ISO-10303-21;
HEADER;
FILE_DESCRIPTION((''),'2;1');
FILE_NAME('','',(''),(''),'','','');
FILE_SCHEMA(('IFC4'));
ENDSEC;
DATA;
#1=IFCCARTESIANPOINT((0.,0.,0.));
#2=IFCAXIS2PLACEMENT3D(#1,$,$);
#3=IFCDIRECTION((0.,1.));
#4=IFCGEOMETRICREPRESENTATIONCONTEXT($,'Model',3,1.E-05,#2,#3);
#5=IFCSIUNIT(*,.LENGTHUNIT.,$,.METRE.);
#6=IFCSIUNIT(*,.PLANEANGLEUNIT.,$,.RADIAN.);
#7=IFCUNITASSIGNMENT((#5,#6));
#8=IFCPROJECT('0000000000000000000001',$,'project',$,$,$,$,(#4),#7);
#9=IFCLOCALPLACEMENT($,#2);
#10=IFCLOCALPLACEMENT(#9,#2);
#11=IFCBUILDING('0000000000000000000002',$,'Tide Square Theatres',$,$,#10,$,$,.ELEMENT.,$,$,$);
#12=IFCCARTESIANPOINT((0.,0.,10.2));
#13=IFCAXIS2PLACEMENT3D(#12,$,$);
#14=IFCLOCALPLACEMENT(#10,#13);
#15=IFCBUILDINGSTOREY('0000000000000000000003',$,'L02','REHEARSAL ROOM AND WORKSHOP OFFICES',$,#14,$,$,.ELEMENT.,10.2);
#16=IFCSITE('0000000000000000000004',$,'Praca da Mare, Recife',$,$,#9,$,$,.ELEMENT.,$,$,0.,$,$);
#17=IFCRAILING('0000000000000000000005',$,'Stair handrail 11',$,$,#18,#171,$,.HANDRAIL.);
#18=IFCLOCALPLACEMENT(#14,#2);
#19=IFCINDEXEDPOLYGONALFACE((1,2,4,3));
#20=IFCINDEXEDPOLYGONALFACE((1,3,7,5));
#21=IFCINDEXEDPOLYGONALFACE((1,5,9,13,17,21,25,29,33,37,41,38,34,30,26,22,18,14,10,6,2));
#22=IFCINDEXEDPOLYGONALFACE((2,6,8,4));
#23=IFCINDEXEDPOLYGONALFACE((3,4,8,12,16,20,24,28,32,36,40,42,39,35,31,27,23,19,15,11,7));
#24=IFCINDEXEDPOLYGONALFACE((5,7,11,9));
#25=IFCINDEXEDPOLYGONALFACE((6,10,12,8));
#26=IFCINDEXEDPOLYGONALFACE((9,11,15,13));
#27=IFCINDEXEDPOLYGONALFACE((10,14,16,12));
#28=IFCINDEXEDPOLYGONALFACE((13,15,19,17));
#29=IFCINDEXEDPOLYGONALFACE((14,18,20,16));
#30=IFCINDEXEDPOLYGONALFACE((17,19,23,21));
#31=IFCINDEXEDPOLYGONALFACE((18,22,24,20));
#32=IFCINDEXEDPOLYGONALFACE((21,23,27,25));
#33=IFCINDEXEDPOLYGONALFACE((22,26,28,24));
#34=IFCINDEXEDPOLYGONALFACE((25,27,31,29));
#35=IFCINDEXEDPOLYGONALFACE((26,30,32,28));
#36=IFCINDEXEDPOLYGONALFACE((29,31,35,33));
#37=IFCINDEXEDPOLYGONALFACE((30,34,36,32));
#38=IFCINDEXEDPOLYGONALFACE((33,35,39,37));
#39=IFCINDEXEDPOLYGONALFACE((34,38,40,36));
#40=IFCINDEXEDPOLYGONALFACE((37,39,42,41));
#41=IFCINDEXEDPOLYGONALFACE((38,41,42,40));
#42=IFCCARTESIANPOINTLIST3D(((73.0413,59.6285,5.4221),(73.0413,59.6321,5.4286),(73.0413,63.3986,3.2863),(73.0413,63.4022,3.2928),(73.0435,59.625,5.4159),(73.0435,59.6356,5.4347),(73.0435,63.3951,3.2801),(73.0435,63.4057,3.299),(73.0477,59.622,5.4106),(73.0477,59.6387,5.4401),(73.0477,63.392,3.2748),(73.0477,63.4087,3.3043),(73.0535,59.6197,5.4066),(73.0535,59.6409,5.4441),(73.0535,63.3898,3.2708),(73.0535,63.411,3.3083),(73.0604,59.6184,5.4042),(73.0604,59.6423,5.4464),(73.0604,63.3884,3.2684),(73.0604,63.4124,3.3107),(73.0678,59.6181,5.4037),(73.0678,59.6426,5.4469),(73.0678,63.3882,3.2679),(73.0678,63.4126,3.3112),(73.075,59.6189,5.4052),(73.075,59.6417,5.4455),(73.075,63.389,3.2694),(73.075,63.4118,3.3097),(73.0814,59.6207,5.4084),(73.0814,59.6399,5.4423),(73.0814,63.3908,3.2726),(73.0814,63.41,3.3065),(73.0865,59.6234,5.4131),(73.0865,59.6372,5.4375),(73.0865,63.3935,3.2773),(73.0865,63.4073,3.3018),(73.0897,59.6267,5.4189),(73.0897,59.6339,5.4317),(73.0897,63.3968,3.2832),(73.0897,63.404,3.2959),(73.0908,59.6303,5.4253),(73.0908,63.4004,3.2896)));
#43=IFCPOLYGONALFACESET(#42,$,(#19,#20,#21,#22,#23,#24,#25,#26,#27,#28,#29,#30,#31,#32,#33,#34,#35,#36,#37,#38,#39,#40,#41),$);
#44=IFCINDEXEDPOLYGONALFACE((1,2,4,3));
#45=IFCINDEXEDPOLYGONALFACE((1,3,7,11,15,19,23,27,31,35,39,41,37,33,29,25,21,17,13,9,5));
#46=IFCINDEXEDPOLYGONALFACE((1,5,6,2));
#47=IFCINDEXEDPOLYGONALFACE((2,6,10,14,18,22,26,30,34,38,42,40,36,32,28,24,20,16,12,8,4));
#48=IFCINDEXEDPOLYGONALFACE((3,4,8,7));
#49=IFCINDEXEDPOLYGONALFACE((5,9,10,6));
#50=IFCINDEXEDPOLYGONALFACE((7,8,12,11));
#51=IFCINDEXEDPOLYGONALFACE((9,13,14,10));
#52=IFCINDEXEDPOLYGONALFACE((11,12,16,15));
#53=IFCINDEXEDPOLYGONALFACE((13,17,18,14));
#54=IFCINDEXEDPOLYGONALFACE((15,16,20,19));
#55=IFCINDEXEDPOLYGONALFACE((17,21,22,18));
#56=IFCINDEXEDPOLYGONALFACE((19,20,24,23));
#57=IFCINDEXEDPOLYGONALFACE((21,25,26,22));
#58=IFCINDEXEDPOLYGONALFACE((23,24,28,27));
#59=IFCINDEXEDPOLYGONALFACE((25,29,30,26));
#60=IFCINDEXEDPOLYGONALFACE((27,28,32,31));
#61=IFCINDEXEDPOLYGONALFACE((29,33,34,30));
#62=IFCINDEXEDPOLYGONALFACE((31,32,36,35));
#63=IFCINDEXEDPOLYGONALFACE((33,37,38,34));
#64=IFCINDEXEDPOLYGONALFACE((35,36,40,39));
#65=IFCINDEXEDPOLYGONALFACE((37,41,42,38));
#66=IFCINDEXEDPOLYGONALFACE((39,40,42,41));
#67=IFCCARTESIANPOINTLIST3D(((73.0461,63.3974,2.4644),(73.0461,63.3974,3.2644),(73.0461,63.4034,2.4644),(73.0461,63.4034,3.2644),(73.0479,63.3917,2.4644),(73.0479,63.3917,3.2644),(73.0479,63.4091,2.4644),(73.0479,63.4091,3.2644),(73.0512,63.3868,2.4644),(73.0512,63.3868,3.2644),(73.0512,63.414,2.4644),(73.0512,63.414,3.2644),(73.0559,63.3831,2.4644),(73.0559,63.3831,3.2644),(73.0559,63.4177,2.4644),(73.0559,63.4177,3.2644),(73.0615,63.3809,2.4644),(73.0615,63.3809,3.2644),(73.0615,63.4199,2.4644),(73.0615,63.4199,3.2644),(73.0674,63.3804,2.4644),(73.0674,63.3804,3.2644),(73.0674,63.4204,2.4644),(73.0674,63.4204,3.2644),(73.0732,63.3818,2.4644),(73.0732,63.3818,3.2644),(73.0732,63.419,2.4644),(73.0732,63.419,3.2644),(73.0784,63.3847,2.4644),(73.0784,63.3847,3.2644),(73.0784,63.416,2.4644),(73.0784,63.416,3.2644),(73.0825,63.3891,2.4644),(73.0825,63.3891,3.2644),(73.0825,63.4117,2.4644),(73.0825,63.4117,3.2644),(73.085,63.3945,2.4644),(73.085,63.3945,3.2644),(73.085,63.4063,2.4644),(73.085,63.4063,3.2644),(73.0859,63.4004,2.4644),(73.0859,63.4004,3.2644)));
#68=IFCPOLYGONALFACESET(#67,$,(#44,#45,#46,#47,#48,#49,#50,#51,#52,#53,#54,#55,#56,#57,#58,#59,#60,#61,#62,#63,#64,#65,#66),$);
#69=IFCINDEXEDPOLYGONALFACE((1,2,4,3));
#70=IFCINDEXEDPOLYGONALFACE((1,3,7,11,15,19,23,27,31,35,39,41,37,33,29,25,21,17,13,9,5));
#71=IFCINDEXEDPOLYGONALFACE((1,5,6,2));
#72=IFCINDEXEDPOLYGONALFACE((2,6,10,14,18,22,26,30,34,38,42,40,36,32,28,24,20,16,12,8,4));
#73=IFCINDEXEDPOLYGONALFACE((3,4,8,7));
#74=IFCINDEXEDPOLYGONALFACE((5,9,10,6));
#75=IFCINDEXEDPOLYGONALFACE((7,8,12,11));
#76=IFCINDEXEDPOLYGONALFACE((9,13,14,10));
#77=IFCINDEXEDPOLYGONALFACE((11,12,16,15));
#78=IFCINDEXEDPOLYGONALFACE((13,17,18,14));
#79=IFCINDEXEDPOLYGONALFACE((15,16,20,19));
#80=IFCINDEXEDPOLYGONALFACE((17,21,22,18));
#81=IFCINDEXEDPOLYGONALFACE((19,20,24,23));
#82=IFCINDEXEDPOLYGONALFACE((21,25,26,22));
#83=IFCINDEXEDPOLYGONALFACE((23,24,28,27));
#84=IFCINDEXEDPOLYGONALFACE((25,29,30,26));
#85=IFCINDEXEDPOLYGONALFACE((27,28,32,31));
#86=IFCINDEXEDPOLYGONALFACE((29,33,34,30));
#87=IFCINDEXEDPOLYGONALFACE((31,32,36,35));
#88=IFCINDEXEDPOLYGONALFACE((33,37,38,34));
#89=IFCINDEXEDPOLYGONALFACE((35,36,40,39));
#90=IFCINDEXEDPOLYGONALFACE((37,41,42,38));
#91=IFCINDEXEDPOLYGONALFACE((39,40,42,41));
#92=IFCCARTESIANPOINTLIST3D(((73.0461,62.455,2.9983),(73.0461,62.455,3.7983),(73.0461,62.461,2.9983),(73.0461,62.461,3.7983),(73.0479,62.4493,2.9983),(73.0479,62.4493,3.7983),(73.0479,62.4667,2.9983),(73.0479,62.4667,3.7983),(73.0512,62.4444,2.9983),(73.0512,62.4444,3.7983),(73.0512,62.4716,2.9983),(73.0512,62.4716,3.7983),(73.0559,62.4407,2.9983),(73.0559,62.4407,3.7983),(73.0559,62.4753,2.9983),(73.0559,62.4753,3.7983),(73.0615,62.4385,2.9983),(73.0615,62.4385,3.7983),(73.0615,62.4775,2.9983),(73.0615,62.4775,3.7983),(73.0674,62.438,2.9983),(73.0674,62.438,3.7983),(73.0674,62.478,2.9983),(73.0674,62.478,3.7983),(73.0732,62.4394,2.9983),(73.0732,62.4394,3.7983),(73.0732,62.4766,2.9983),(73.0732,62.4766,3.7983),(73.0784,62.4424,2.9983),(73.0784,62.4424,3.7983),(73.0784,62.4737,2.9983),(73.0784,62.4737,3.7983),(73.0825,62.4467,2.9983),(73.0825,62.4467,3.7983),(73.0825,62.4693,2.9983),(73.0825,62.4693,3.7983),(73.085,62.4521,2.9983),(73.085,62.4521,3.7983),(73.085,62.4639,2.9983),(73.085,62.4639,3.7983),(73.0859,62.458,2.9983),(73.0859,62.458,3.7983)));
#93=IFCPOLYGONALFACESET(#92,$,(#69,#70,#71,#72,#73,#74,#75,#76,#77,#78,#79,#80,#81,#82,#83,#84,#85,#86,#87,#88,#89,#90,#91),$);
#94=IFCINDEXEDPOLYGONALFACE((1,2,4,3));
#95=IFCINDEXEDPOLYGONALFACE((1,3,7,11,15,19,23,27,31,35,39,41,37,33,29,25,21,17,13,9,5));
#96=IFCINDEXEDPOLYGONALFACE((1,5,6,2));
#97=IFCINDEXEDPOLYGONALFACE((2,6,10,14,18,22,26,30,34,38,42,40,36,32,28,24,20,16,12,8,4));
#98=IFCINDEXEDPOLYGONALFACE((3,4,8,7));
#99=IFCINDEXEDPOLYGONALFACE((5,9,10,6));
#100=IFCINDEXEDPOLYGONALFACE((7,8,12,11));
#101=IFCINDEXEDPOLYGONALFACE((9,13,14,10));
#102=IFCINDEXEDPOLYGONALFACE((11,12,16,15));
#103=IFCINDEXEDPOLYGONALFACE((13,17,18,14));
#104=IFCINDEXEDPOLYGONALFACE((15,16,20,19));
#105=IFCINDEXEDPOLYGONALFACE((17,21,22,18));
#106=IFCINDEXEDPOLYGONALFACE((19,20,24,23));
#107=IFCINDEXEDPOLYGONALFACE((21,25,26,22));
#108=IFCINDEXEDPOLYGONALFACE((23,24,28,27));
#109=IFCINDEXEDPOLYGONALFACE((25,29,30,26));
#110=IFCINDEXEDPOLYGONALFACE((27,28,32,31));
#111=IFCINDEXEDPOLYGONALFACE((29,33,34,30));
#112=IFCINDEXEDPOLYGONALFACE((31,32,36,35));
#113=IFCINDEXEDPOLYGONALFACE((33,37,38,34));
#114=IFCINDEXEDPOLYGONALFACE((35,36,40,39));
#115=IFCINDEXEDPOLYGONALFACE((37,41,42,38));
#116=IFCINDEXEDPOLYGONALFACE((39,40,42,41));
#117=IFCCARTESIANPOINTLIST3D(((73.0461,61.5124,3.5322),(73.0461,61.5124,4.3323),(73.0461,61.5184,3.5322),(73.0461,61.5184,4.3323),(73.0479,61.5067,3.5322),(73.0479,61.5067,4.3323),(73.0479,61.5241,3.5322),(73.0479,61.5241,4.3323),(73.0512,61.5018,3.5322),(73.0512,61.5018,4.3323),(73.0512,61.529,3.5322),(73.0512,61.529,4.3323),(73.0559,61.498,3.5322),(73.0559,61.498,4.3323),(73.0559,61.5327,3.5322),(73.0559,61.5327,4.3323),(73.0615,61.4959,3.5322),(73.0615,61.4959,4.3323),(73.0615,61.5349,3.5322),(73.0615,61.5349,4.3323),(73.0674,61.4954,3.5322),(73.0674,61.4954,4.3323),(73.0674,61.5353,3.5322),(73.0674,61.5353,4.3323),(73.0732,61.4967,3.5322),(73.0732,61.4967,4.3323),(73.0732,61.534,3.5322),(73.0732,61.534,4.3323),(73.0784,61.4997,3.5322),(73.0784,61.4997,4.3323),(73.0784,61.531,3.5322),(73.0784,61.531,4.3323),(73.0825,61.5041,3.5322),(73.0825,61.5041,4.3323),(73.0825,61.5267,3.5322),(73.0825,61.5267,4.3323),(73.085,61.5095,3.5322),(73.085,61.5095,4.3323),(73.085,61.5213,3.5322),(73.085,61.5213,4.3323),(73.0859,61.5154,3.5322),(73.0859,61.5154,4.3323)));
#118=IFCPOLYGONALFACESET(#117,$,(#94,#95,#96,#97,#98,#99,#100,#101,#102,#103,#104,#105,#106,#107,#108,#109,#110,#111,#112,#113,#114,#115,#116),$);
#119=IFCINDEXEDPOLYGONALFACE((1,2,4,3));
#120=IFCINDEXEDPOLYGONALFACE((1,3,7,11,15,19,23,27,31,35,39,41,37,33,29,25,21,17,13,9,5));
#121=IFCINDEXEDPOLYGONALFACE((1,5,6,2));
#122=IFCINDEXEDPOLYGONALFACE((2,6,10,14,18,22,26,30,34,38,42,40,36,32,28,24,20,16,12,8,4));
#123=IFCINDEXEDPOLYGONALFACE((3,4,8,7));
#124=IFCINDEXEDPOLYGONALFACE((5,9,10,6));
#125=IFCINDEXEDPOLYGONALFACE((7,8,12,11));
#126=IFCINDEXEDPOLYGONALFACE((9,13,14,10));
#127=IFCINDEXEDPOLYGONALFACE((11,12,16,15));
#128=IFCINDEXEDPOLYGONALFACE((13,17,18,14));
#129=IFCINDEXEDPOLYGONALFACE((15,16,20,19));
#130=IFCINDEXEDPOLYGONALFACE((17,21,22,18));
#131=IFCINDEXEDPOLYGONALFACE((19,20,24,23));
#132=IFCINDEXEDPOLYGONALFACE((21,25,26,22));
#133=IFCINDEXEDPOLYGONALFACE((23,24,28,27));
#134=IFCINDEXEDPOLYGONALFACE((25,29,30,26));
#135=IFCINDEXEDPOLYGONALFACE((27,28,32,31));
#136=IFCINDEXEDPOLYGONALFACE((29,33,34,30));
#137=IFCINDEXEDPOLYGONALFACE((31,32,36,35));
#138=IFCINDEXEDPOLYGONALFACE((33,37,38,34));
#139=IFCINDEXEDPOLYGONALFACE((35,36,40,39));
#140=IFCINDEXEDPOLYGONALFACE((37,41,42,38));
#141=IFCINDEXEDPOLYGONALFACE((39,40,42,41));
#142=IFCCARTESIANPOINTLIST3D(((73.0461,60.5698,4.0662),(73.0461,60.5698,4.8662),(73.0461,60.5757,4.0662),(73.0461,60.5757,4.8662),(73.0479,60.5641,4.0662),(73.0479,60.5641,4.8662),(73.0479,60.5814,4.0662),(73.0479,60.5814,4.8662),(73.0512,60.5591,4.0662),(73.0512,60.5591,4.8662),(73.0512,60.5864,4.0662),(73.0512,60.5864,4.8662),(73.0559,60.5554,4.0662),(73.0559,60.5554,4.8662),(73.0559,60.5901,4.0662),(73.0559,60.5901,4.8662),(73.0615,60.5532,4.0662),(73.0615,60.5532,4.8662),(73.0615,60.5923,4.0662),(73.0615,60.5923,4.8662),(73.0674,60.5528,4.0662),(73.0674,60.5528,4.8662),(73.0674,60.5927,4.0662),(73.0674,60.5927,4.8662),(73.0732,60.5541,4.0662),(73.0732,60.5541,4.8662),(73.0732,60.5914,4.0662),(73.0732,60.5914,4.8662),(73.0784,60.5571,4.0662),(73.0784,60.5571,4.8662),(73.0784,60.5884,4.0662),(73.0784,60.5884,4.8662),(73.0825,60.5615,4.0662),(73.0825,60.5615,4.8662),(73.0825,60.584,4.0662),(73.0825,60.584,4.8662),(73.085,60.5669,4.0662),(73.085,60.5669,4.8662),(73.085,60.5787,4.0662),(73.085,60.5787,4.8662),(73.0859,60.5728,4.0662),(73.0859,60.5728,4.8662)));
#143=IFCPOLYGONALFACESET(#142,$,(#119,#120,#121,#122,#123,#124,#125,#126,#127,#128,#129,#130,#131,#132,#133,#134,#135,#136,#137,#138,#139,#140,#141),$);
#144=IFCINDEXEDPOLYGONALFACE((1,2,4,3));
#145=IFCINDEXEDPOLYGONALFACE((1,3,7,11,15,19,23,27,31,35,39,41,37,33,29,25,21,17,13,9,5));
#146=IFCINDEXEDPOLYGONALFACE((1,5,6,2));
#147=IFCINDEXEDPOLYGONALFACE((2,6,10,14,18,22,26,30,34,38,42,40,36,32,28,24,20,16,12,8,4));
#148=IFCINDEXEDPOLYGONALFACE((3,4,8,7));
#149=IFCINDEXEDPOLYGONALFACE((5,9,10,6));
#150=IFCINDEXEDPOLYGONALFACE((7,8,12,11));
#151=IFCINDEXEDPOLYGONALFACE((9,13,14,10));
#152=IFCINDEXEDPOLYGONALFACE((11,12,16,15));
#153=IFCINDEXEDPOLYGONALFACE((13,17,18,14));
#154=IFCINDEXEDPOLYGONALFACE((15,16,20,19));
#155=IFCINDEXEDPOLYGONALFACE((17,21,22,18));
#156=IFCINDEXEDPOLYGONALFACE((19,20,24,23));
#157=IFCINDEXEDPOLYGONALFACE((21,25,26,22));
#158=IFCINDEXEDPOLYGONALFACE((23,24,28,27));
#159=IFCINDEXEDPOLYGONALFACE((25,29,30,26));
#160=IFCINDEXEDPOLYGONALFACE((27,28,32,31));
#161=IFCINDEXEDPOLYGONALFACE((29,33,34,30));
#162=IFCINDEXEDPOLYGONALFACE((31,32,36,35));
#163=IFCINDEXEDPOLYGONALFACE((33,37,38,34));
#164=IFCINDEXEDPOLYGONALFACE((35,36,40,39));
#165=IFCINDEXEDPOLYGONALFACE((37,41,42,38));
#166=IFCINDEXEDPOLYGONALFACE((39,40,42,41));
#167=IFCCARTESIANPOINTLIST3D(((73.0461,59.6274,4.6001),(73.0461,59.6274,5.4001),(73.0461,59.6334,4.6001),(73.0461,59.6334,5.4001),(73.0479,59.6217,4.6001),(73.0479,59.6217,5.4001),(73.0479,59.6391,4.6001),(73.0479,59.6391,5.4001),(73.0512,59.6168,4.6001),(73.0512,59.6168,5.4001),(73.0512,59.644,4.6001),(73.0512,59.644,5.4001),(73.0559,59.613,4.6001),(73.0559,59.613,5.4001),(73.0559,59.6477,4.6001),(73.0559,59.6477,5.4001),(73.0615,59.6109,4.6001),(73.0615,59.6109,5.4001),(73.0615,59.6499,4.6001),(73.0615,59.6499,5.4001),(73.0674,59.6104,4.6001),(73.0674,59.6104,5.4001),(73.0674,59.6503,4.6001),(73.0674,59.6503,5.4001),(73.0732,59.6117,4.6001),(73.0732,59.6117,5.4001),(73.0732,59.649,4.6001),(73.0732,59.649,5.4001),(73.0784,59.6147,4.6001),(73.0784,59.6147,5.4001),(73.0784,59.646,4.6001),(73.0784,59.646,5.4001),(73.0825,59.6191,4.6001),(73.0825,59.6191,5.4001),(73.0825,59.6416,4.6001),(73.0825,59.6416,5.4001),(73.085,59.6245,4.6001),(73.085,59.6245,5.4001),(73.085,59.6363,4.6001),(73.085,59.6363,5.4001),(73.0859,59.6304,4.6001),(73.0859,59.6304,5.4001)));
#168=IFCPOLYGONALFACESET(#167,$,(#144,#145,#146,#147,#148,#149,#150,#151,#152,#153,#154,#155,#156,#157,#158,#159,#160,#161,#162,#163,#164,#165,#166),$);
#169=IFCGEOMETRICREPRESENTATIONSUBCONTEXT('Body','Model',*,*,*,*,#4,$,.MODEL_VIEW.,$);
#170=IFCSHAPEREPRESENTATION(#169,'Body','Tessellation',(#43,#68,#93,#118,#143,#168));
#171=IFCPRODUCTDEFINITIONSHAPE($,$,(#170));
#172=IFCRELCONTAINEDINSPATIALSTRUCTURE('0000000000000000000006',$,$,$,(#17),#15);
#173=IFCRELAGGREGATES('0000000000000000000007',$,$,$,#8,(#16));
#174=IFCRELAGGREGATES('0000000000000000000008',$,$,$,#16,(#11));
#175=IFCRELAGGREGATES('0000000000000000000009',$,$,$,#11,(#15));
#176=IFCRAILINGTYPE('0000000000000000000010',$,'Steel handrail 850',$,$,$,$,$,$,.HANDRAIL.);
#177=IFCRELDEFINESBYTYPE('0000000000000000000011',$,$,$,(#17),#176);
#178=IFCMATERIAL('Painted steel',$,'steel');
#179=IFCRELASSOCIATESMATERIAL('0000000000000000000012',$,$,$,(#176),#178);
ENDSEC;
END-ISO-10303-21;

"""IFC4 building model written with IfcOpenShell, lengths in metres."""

from ifc_helpers import new_model, si_unit, direction, frame, origin, origin_2d, place, context, subcontext, project, spatial, circle, extrude, material, type_object, element, save


model = new_model("IFC4")

# Units and contexts
model_context = context("Model", 3, precision=1e-05, world=origin(), true_north=direction((0.0, 1.0)))
body_context = subcontext(model_context, "Body", "Model", "MODEL_VIEW")
ifc_project = project(units=[si_unit("LENGTHUNIT", "METRE"), si_unit("PLANEANGLEUNIT", "RADIAN")], contexts=[model_context])

# Site, building, storey
site_placement = place(None, origin())
site = spatial("IfcSite", under=ifc_project, at=site_placement, Name="Praca da Mare, Recife", CompositionType="ELEMENT", RefElevation=0.0)
building_placement = place(site_placement, origin())
building = spatial("IfcBuilding", under=site, at=building_placement, Name="Tide Square Theatres", CompositionType="ELEMENT")
storey_placement = place(building_placement, frame((0.0, 0.0, 10.2)))
storey = spatial("IfcBuildingStorey", under=building, at=storey_placement, Name="L02", Description="REHEARSAL ROOM AND WORKSHOP OFFICES", CompositionType="ELEMENT", Elevation=10.2)

# Railing
ifc_material_1 = material(Name="Painted steel", Category="steel")
railing_type_1 = type_object("IfcRailingType", Name="Steel handrail 850", PredefinedType="HANDRAIL", material=ifc_material_1)
for number, where, name in (
    (1, (73.0659, 63.4004, 2.4644), "Stair handrail 11"),
):
    element("IfcRailing", number, at=place(storey_placement, frame(where)), inside=storey, type_object=railing_type_1, Name=name, PredefinedType="HANDRAIL", context=body_context, shape_type="SweptSolid", body=[
        extrude(circle(Radius=0.0249, at=origin_2d()), frame((0.0, 0.0, 0.8252), z_axis=(0.0, -0.870082, 0.492907), x_axis=(1.0, 0.0, 0.0)), (0.0, 0.0, 1.0), 4.333),
        extrude(circle(Radius=0.02, at=origin_2d()), origin(), (0.0, 0.0, 1.0), 0.8),
        extrude(circle(Radius=0.02, at=origin_2d()), frame((0.0, -0.9424, 0.5339)), (0.0, 0.0, 1.0), 0.8),
        extrude(circle(Radius=0.02, at=origin_2d()), frame((0.0, -1.885, 1.0679)), (0.0, 0.0, 1.0), 0.8),
        extrude(circle(Radius=0.02, at=origin_2d()), frame((0.0, -2.8276, 1.6018)), (0.0, 0.0, 1.0), 0.8),
        extrude(circle(Radius=0.02, at=origin_2d()), frame((0.0, -3.77, 2.1357)), (0.0, 0.0, 1.0), 0.8),
    ])

save(model, "model.ifc")
